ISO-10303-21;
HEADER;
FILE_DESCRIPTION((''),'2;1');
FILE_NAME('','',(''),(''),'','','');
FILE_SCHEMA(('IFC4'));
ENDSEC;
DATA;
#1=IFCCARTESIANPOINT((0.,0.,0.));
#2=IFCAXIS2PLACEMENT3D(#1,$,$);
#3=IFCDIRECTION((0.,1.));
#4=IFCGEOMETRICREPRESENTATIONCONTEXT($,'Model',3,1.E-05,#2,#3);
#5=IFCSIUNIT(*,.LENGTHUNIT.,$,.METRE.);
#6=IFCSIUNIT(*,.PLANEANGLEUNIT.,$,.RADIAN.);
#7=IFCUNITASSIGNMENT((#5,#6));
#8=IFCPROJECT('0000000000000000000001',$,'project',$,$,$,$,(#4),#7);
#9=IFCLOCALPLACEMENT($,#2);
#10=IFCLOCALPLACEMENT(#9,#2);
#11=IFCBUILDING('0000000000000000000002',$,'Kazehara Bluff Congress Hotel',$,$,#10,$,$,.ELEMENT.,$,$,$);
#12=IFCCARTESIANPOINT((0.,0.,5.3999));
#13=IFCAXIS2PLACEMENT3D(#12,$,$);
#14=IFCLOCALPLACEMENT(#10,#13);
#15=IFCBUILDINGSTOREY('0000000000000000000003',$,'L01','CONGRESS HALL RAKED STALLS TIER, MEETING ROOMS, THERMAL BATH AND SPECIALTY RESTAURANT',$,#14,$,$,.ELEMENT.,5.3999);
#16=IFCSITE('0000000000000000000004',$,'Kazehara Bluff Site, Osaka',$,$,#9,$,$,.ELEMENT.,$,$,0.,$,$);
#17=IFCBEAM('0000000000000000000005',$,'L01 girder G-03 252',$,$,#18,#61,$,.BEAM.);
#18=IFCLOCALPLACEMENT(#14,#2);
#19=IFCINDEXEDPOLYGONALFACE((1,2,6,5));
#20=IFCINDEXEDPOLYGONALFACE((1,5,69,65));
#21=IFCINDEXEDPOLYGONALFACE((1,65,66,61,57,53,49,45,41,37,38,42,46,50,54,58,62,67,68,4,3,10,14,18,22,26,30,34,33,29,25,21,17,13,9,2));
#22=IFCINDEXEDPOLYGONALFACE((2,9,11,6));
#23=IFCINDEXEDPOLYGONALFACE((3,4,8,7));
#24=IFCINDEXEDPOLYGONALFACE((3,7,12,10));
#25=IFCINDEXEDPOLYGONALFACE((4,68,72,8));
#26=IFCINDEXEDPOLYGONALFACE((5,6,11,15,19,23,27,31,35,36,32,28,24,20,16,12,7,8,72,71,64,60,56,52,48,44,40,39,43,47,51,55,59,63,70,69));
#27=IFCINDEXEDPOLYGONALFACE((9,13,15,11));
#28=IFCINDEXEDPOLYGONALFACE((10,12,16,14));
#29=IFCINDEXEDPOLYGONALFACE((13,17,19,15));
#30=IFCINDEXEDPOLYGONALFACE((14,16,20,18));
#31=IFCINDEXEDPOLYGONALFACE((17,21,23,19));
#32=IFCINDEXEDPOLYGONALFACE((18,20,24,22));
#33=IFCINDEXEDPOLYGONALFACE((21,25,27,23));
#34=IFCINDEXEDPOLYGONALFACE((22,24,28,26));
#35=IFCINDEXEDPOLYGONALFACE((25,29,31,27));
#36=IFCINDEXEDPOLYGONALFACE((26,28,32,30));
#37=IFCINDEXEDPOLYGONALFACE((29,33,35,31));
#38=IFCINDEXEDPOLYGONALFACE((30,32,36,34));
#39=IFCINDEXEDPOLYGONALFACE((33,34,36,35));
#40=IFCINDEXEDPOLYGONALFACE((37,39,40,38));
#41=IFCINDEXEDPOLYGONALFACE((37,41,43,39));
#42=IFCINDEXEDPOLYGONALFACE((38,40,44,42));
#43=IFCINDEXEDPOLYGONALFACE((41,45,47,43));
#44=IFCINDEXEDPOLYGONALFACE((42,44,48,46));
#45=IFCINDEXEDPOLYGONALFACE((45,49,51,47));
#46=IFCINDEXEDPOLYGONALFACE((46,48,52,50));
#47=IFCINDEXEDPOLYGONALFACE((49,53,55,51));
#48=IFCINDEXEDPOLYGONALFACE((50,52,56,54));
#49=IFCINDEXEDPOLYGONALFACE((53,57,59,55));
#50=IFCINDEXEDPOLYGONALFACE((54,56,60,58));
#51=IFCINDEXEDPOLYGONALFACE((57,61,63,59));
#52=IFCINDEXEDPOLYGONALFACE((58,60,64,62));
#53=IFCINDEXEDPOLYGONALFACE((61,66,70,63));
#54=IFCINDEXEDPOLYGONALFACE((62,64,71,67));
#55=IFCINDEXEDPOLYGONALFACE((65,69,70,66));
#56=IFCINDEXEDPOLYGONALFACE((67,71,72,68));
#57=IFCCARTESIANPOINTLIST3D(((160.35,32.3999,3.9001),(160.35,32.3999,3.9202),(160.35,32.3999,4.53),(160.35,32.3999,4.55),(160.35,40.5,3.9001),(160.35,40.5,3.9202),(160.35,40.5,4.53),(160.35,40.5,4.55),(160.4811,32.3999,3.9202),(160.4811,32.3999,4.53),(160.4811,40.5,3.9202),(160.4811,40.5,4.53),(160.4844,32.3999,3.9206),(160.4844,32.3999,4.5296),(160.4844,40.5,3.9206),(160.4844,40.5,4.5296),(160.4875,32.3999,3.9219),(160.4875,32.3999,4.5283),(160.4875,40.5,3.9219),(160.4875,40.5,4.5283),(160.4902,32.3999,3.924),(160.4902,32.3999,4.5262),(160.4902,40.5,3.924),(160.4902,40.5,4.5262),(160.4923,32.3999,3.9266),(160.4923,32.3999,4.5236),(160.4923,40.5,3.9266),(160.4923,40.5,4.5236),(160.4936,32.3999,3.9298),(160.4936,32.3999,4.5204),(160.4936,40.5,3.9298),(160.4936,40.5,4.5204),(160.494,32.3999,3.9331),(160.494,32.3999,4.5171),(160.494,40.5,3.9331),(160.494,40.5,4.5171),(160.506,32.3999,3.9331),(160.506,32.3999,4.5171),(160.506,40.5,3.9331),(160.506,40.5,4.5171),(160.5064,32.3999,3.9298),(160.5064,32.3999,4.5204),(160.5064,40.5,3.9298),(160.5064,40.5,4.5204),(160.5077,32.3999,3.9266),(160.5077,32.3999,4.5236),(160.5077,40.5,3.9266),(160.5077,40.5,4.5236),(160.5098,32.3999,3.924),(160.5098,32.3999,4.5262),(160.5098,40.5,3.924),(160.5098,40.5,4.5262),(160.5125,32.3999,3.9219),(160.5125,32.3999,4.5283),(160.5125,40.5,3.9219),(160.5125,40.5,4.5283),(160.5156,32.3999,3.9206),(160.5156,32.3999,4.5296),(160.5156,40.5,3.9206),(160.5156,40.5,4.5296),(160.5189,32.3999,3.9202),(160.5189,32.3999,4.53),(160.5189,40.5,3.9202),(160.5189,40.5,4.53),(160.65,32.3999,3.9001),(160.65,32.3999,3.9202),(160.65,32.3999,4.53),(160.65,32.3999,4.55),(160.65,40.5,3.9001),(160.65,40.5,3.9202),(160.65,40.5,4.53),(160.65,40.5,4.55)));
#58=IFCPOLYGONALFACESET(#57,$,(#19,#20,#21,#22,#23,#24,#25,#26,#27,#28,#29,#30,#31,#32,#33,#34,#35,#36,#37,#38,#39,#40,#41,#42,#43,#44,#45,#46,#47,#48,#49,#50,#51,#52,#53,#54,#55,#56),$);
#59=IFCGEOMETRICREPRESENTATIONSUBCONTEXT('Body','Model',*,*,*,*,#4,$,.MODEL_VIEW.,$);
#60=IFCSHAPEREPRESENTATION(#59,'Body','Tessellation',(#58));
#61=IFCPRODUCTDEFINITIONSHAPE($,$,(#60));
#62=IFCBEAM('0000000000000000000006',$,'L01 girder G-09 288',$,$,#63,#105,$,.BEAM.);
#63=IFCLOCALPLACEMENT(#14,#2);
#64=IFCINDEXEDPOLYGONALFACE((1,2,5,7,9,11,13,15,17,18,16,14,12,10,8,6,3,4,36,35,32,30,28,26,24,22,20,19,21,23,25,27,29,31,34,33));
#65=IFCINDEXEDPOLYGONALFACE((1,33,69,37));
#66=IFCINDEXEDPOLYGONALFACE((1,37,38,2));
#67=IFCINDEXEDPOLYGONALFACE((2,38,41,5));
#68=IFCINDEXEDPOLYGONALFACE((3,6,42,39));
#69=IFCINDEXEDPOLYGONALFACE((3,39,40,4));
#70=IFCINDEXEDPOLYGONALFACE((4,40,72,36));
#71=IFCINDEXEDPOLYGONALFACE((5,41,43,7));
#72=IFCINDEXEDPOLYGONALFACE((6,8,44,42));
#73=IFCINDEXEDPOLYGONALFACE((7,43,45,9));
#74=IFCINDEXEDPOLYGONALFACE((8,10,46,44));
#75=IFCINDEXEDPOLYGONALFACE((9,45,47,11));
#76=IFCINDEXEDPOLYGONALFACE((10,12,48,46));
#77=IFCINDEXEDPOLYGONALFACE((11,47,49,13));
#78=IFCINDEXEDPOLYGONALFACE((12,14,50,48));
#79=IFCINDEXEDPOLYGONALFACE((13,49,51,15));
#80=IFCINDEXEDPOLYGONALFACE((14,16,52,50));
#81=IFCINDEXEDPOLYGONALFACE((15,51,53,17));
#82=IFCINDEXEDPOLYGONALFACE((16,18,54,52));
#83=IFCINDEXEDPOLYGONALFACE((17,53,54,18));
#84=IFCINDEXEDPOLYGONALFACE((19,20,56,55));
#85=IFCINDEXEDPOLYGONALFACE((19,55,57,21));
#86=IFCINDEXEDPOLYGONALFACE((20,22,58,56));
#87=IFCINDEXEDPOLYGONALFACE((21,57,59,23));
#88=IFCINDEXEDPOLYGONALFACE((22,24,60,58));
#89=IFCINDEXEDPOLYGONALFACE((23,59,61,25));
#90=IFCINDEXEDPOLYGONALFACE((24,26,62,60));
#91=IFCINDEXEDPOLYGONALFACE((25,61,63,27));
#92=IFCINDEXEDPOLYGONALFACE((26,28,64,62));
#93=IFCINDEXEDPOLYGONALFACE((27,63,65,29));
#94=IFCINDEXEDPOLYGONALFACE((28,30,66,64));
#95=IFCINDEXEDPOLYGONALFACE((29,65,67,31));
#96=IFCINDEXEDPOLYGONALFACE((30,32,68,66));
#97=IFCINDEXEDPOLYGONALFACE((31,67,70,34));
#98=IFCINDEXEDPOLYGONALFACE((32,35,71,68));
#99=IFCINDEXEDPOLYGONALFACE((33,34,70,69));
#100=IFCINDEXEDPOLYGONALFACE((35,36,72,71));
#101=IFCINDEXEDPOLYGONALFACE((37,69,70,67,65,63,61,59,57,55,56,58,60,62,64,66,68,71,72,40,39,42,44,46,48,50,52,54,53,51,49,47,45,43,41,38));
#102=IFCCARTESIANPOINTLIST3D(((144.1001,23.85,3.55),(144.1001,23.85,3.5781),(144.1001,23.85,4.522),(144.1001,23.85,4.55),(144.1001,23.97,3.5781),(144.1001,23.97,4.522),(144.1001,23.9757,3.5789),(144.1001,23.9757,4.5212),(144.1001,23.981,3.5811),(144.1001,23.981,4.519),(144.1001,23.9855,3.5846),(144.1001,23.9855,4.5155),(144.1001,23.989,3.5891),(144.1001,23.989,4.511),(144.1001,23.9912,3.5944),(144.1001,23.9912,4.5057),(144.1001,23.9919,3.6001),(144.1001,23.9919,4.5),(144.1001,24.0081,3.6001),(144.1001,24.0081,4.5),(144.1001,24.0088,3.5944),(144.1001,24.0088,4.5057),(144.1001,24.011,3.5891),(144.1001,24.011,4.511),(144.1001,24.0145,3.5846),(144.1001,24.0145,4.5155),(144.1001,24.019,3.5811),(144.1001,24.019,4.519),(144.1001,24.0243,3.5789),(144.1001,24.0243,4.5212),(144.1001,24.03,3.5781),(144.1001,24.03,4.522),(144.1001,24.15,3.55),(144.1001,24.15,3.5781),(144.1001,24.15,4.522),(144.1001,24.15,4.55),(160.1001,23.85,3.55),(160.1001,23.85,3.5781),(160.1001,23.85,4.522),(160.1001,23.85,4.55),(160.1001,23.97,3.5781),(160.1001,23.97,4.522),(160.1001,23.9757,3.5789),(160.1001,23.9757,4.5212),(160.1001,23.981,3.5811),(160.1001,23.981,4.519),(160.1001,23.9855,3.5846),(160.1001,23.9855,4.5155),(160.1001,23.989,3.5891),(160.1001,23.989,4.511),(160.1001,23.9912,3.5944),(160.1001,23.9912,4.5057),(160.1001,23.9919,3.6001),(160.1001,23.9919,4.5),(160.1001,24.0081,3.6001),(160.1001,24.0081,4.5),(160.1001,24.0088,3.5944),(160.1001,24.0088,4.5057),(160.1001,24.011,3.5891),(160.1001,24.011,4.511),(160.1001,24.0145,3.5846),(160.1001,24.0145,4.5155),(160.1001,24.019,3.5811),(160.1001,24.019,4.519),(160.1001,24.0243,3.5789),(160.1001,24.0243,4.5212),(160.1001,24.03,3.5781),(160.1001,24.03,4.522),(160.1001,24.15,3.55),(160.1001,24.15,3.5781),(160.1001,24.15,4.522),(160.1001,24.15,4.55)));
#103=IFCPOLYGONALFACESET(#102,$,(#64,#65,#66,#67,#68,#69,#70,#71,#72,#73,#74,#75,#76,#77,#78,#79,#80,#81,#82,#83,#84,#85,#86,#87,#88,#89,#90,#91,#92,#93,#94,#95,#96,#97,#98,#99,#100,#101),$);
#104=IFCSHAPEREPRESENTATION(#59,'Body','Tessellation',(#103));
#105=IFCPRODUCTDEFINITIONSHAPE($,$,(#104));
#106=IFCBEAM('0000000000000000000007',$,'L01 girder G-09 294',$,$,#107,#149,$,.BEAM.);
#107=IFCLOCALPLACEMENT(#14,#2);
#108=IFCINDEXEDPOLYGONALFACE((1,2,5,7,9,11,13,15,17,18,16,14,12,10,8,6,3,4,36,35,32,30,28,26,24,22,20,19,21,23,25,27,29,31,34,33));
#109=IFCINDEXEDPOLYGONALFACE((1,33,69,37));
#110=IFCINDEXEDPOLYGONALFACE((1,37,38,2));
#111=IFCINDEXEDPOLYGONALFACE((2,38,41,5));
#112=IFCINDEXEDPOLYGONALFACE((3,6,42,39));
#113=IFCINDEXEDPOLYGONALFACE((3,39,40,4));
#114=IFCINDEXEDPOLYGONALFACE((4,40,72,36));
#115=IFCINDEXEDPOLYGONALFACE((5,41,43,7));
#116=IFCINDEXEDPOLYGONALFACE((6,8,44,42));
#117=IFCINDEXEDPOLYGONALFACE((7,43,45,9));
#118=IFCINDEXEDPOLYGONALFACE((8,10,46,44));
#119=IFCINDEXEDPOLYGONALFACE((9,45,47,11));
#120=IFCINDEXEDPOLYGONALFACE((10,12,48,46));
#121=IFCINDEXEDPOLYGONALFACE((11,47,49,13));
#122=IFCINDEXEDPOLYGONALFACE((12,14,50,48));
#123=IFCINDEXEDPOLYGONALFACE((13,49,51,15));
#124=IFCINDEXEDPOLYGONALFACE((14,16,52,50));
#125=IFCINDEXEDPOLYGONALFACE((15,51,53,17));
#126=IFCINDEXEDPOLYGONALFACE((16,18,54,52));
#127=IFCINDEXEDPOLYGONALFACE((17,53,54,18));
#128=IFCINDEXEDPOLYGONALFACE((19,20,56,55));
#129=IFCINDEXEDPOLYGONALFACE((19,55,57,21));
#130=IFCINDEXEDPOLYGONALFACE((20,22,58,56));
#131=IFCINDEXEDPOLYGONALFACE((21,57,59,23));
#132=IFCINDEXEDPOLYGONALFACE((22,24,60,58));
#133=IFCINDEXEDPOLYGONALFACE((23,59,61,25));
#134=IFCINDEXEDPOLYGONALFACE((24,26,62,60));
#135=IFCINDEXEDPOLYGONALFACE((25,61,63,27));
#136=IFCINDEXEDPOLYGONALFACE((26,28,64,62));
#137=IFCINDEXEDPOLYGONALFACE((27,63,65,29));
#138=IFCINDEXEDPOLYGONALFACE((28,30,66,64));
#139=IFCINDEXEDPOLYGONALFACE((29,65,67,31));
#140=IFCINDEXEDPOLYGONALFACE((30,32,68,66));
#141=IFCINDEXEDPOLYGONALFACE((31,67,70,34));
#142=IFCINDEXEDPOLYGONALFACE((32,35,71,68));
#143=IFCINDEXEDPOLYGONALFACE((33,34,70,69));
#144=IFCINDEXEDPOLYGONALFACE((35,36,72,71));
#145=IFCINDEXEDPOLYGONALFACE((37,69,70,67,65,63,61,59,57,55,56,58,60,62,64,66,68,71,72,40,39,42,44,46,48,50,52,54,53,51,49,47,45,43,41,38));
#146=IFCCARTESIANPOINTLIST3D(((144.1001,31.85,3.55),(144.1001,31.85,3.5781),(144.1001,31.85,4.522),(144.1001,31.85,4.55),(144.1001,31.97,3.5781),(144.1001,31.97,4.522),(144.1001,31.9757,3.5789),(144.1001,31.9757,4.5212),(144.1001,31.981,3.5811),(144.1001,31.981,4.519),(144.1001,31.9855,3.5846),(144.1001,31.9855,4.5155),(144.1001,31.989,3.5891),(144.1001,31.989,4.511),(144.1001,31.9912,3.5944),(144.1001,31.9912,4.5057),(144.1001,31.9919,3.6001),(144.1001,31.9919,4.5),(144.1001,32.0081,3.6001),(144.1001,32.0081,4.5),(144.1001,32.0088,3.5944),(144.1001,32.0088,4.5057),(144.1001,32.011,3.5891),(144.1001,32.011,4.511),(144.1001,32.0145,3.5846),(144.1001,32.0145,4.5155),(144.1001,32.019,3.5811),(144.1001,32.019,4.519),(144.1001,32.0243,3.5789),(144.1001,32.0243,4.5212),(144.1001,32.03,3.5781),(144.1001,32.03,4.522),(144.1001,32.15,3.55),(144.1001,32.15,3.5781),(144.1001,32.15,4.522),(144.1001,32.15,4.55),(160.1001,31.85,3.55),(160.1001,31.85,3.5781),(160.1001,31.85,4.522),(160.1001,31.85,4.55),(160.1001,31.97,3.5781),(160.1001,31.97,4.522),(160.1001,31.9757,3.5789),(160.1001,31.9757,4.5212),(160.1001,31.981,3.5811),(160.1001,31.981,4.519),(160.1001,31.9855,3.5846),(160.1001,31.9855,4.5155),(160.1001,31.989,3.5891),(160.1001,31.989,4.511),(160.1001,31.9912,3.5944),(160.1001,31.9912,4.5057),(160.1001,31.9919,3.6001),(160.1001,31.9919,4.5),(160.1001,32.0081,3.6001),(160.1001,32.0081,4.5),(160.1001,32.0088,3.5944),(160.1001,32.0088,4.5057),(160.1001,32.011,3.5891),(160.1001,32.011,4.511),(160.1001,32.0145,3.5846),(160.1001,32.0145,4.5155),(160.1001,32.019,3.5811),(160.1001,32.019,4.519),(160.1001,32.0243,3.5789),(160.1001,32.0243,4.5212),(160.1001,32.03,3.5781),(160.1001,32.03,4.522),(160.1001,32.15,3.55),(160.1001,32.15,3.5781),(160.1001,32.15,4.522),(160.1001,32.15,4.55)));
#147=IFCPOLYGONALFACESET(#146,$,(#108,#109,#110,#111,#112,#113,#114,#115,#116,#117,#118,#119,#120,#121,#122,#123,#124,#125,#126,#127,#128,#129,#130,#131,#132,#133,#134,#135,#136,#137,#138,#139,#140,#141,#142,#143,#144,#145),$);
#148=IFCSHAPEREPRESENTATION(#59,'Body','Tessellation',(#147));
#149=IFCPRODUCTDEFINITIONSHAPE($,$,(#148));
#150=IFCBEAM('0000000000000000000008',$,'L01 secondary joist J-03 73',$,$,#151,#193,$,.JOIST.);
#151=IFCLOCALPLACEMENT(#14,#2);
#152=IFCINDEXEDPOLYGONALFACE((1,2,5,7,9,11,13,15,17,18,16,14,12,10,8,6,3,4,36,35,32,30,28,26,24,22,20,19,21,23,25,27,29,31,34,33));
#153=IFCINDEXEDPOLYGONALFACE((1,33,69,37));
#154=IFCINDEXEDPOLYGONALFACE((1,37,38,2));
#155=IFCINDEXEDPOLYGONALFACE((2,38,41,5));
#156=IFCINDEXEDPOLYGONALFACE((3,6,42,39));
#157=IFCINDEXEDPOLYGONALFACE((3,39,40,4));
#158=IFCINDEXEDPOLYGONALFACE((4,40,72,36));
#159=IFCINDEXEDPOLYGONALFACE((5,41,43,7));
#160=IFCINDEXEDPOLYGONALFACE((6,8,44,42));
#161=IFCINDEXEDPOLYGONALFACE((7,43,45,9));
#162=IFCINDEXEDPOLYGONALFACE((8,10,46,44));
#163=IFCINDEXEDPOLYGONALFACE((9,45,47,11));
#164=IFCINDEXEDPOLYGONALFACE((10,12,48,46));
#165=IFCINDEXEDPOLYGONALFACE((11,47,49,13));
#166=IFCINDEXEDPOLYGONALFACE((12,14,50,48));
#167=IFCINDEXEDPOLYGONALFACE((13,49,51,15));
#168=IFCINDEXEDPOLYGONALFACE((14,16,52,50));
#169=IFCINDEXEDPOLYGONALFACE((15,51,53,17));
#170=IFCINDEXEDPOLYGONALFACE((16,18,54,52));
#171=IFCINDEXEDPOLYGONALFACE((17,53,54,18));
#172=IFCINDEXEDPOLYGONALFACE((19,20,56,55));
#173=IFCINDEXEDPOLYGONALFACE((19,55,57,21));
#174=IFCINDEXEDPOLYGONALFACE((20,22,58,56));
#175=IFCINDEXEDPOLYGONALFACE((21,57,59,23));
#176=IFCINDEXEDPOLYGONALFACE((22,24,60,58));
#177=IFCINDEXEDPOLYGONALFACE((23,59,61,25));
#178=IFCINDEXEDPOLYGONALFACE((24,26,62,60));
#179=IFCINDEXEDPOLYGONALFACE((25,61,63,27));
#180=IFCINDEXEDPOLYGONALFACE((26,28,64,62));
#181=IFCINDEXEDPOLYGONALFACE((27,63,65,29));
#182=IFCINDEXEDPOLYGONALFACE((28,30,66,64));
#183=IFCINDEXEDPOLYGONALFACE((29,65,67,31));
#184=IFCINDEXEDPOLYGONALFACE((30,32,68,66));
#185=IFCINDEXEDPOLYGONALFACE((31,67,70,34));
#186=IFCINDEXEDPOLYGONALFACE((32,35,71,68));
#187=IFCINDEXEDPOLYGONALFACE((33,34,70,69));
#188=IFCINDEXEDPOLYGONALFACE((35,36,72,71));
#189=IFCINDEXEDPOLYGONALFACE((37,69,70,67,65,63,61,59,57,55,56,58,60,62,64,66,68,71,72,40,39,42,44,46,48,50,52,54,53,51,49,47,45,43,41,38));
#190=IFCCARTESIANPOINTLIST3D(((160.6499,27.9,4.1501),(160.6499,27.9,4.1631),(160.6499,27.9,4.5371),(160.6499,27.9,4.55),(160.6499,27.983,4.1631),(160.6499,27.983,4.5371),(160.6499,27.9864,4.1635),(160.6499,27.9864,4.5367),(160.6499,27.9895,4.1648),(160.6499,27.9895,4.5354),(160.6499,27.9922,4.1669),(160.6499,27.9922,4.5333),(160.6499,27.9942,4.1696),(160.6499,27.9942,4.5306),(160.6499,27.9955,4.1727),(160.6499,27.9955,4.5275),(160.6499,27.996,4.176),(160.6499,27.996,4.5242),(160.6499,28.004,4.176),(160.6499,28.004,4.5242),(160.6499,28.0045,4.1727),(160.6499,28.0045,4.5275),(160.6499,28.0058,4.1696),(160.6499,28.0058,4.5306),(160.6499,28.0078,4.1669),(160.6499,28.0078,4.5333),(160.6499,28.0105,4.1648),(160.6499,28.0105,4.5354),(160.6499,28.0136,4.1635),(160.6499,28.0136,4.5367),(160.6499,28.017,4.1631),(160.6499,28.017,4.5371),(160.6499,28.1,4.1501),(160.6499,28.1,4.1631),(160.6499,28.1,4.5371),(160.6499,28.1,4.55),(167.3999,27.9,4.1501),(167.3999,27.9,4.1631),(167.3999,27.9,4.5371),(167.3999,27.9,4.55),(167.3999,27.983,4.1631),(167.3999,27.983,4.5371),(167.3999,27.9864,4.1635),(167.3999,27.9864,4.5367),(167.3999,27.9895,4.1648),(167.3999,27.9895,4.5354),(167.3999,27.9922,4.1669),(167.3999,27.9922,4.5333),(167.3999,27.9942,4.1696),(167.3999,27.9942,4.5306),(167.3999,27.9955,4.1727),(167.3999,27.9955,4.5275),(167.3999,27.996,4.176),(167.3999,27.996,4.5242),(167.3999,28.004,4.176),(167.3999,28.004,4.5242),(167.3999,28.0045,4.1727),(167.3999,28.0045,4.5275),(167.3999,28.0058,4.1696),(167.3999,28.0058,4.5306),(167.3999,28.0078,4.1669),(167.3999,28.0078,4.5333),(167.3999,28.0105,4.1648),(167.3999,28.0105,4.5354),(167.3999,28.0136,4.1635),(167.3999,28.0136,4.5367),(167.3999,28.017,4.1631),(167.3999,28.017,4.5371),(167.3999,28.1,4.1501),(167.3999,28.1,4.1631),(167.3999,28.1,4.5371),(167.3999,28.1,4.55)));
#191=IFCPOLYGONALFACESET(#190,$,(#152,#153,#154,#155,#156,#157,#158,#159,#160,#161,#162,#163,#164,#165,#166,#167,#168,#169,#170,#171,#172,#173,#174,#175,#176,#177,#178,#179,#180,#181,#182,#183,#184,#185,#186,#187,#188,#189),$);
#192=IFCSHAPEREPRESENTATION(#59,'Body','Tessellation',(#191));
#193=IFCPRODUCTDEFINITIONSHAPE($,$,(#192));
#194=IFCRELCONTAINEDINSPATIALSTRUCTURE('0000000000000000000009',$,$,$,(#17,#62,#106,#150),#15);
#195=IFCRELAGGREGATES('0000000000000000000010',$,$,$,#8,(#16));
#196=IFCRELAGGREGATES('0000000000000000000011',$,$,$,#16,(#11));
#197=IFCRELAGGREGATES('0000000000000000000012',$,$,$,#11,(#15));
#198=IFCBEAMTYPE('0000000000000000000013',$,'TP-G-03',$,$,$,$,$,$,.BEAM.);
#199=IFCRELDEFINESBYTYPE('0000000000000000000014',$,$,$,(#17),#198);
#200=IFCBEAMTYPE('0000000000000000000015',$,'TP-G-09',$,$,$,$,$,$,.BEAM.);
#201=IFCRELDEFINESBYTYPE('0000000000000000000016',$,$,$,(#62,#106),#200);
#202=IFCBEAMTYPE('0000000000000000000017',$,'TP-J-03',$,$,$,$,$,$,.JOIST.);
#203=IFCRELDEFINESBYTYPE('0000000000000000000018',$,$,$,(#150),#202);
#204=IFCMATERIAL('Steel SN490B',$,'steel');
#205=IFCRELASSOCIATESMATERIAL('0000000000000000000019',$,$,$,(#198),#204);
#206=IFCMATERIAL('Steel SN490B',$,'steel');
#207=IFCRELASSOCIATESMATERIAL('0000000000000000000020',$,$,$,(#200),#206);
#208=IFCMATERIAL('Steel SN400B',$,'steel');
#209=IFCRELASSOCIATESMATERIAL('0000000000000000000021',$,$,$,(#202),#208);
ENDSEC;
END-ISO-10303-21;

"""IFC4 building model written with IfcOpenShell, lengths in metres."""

from ifc_helpers import new_model, si_unit, direction, frame, origin, origin_2d, place, context, subcontext, project, spatial, i_section, extrude, material, material_profile, profile_set, type_object, element, save


model = new_model("IFC4")

# Units and contexts
model_context = context("Model", 3, precision=1e-05, world=origin(), true_north=direction((0.0, 1.0)))
body_context = subcontext(model_context, "Body", "Model", "MODEL_VIEW")
ifc_project = project(units=[si_unit("LENGTHUNIT", "METRE"), si_unit("PLANEANGLEUNIT", "RADIAN")], contexts=[model_context])

# Site, building, storey
site_placement = place(None, origin())
site = spatial("IfcSite", under=ifc_project, at=site_placement, Name="Kazehara Bluff Site, Osaka", CompositionType="ELEMENT", RefElevation=0.0)
building_placement = place(site_placement, origin())
building = spatial("IfcBuilding", under=site, at=building_placement, Name="Kazehara Bluff Congress Hotel", CompositionType="ELEMENT")
storey_placement = place(building_placement, frame((0.0, 0.0, 5.3999)))
storey = spatial("IfcBuildingStorey", under=building, at=storey_placement, Name="L01", Description="CONGRESS HALL RAKED STALLS TIER, MEETING ROOMS, THERMAL BATH AND SPECIALTY RESTAURANT", CompositionType="ELEMENT", Elevation=5.3999)

# Beams
ifc_material_1 = material(Name="Steel SN490B", Category="steel")
ifc_material_profile_1 = material_profile(ifc_material_1, i_section(OverallWidth=0.3, OverallDepth=0.6499, WebThickness=0.012, FlangeThickness=0.02, FilletRadius=0.0129, at=origin_2d()))
ifc_profile_set_1 = profile_set([ifc_material_profile_1], Name="Steel SN490B")
beam_type_1 = type_object("IfcBeamType", Name="TP-G-03", PredefinedType="BEAM", material=ifc_profile_set_1)
beam_1_placement = place(storey_placement, frame((160.5, 32.3999, 4.2251), z_axis=(0.0, 1.0, 0.0), x_axis=(-1.0, 0.0, 0.0)))
element("IfcBeam", 1, at=beam_1_placement, inside=storey, type_object=beam_type_1, Name="L01 girder G-03 252", PredefinedType="BEAM", context=body_context, shape_type="SweptSolid", body=[
    extrude(i_section(OverallWidth=0.3, OverallDepth=0.6499, WebThickness=0.012, FlangeThickness=0.02, FilletRadius=0.0129, at=origin_2d()), origin(), (0.0, 0.0, 1.0), 8.1001),
])
ifc_material_2 = material(Name="Steel SN490B", Category="steel")
ifc_material_profile_2 = material_profile(ifc_material_2, i_section(OverallWidth=0.3, OverallDepth=1.0, WebThickness=0.0161, FlangeThickness=0.0281, FilletRadius=0.022, at=origin_2d()))
ifc_profile_set_2 = profile_set([ifc_material_profile_2], Name="Steel SN490B")
beam_type_2 = type_object("IfcBeamType", Name="TP-G-09", PredefinedType="BEAM", material=ifc_profile_set_2)
for number, where, z_axis, x_axis, name in (
    (2, (144.1001, 24.0, 4.05), (1.0, 0.0, 0.0), (0.0, 1.0, 0.0), "L01 girder G-09 288"),
    (3, (144.1001, 32.0, 4.05), (1.0, 0.0, 0.0), (0.0, 1.0, 0.0), "L01 girder G-09 294"),
):
    element("IfcBeam", number, at=place(storey_placement, frame(where, z_axis=z_axis, x_axis=x_axis)), inside=storey, type_object=beam_type_2, Name=name, PredefinedType="BEAM", context=body_context, shape_type="SweptSolid", body=[
        extrude(i_section(OverallWidth=0.3, OverallDepth=1.0, WebThickness=0.0161, FlangeThickness=0.0281, FilletRadius=0.022, at=origin_2d()), origin(), (0.0, 0.0, 1.0), 16.0),
    ])
ifc_material_3 = material(Name="Steel SN400B", Category="steel")
ifc_material_profile_3 = material_profile(ifc_material_3, i_section(OverallWidth=0.2, OverallDepth=0.3999, WebThickness=0.0081, FlangeThickness=0.0129, FilletRadius=0.0129, at=origin_2d()))
ifc_profile_set_3 = profile_set([ifc_material_profile_3], Name="Steel SN400B")
beam_type_3 = type_object("IfcBeamType", Name="TP-J-03", PredefinedType="JOIST", material=ifc_profile_set_3)
for number, where, z_axis, x_axis, name in (
    (4, (160.6499, 28.0, 4.3501), (1.0, 0.0, 0.0), (0.0, 1.0, 0.0), "L01 secondary joist J-03 73"),
):
    element("IfcBeam", number, at=place(storey_placement, frame(where, z_axis=z_axis, x_axis=x_axis)), inside=storey, type_object=beam_type_3, Name=name, PredefinedType="JOIST", context=body_context, shape_type="SweptSolid", body=[
        extrude(i_section(OverallWidth=0.2, OverallDepth=0.3999, WebThickness=0.0081, FlangeThickness=0.0129, FilletRadius=0.0129, at=origin_2d()), origin(), (0.0, 0.0, 1.0), 6.75),
    ])

save(model, "model.ifc")
